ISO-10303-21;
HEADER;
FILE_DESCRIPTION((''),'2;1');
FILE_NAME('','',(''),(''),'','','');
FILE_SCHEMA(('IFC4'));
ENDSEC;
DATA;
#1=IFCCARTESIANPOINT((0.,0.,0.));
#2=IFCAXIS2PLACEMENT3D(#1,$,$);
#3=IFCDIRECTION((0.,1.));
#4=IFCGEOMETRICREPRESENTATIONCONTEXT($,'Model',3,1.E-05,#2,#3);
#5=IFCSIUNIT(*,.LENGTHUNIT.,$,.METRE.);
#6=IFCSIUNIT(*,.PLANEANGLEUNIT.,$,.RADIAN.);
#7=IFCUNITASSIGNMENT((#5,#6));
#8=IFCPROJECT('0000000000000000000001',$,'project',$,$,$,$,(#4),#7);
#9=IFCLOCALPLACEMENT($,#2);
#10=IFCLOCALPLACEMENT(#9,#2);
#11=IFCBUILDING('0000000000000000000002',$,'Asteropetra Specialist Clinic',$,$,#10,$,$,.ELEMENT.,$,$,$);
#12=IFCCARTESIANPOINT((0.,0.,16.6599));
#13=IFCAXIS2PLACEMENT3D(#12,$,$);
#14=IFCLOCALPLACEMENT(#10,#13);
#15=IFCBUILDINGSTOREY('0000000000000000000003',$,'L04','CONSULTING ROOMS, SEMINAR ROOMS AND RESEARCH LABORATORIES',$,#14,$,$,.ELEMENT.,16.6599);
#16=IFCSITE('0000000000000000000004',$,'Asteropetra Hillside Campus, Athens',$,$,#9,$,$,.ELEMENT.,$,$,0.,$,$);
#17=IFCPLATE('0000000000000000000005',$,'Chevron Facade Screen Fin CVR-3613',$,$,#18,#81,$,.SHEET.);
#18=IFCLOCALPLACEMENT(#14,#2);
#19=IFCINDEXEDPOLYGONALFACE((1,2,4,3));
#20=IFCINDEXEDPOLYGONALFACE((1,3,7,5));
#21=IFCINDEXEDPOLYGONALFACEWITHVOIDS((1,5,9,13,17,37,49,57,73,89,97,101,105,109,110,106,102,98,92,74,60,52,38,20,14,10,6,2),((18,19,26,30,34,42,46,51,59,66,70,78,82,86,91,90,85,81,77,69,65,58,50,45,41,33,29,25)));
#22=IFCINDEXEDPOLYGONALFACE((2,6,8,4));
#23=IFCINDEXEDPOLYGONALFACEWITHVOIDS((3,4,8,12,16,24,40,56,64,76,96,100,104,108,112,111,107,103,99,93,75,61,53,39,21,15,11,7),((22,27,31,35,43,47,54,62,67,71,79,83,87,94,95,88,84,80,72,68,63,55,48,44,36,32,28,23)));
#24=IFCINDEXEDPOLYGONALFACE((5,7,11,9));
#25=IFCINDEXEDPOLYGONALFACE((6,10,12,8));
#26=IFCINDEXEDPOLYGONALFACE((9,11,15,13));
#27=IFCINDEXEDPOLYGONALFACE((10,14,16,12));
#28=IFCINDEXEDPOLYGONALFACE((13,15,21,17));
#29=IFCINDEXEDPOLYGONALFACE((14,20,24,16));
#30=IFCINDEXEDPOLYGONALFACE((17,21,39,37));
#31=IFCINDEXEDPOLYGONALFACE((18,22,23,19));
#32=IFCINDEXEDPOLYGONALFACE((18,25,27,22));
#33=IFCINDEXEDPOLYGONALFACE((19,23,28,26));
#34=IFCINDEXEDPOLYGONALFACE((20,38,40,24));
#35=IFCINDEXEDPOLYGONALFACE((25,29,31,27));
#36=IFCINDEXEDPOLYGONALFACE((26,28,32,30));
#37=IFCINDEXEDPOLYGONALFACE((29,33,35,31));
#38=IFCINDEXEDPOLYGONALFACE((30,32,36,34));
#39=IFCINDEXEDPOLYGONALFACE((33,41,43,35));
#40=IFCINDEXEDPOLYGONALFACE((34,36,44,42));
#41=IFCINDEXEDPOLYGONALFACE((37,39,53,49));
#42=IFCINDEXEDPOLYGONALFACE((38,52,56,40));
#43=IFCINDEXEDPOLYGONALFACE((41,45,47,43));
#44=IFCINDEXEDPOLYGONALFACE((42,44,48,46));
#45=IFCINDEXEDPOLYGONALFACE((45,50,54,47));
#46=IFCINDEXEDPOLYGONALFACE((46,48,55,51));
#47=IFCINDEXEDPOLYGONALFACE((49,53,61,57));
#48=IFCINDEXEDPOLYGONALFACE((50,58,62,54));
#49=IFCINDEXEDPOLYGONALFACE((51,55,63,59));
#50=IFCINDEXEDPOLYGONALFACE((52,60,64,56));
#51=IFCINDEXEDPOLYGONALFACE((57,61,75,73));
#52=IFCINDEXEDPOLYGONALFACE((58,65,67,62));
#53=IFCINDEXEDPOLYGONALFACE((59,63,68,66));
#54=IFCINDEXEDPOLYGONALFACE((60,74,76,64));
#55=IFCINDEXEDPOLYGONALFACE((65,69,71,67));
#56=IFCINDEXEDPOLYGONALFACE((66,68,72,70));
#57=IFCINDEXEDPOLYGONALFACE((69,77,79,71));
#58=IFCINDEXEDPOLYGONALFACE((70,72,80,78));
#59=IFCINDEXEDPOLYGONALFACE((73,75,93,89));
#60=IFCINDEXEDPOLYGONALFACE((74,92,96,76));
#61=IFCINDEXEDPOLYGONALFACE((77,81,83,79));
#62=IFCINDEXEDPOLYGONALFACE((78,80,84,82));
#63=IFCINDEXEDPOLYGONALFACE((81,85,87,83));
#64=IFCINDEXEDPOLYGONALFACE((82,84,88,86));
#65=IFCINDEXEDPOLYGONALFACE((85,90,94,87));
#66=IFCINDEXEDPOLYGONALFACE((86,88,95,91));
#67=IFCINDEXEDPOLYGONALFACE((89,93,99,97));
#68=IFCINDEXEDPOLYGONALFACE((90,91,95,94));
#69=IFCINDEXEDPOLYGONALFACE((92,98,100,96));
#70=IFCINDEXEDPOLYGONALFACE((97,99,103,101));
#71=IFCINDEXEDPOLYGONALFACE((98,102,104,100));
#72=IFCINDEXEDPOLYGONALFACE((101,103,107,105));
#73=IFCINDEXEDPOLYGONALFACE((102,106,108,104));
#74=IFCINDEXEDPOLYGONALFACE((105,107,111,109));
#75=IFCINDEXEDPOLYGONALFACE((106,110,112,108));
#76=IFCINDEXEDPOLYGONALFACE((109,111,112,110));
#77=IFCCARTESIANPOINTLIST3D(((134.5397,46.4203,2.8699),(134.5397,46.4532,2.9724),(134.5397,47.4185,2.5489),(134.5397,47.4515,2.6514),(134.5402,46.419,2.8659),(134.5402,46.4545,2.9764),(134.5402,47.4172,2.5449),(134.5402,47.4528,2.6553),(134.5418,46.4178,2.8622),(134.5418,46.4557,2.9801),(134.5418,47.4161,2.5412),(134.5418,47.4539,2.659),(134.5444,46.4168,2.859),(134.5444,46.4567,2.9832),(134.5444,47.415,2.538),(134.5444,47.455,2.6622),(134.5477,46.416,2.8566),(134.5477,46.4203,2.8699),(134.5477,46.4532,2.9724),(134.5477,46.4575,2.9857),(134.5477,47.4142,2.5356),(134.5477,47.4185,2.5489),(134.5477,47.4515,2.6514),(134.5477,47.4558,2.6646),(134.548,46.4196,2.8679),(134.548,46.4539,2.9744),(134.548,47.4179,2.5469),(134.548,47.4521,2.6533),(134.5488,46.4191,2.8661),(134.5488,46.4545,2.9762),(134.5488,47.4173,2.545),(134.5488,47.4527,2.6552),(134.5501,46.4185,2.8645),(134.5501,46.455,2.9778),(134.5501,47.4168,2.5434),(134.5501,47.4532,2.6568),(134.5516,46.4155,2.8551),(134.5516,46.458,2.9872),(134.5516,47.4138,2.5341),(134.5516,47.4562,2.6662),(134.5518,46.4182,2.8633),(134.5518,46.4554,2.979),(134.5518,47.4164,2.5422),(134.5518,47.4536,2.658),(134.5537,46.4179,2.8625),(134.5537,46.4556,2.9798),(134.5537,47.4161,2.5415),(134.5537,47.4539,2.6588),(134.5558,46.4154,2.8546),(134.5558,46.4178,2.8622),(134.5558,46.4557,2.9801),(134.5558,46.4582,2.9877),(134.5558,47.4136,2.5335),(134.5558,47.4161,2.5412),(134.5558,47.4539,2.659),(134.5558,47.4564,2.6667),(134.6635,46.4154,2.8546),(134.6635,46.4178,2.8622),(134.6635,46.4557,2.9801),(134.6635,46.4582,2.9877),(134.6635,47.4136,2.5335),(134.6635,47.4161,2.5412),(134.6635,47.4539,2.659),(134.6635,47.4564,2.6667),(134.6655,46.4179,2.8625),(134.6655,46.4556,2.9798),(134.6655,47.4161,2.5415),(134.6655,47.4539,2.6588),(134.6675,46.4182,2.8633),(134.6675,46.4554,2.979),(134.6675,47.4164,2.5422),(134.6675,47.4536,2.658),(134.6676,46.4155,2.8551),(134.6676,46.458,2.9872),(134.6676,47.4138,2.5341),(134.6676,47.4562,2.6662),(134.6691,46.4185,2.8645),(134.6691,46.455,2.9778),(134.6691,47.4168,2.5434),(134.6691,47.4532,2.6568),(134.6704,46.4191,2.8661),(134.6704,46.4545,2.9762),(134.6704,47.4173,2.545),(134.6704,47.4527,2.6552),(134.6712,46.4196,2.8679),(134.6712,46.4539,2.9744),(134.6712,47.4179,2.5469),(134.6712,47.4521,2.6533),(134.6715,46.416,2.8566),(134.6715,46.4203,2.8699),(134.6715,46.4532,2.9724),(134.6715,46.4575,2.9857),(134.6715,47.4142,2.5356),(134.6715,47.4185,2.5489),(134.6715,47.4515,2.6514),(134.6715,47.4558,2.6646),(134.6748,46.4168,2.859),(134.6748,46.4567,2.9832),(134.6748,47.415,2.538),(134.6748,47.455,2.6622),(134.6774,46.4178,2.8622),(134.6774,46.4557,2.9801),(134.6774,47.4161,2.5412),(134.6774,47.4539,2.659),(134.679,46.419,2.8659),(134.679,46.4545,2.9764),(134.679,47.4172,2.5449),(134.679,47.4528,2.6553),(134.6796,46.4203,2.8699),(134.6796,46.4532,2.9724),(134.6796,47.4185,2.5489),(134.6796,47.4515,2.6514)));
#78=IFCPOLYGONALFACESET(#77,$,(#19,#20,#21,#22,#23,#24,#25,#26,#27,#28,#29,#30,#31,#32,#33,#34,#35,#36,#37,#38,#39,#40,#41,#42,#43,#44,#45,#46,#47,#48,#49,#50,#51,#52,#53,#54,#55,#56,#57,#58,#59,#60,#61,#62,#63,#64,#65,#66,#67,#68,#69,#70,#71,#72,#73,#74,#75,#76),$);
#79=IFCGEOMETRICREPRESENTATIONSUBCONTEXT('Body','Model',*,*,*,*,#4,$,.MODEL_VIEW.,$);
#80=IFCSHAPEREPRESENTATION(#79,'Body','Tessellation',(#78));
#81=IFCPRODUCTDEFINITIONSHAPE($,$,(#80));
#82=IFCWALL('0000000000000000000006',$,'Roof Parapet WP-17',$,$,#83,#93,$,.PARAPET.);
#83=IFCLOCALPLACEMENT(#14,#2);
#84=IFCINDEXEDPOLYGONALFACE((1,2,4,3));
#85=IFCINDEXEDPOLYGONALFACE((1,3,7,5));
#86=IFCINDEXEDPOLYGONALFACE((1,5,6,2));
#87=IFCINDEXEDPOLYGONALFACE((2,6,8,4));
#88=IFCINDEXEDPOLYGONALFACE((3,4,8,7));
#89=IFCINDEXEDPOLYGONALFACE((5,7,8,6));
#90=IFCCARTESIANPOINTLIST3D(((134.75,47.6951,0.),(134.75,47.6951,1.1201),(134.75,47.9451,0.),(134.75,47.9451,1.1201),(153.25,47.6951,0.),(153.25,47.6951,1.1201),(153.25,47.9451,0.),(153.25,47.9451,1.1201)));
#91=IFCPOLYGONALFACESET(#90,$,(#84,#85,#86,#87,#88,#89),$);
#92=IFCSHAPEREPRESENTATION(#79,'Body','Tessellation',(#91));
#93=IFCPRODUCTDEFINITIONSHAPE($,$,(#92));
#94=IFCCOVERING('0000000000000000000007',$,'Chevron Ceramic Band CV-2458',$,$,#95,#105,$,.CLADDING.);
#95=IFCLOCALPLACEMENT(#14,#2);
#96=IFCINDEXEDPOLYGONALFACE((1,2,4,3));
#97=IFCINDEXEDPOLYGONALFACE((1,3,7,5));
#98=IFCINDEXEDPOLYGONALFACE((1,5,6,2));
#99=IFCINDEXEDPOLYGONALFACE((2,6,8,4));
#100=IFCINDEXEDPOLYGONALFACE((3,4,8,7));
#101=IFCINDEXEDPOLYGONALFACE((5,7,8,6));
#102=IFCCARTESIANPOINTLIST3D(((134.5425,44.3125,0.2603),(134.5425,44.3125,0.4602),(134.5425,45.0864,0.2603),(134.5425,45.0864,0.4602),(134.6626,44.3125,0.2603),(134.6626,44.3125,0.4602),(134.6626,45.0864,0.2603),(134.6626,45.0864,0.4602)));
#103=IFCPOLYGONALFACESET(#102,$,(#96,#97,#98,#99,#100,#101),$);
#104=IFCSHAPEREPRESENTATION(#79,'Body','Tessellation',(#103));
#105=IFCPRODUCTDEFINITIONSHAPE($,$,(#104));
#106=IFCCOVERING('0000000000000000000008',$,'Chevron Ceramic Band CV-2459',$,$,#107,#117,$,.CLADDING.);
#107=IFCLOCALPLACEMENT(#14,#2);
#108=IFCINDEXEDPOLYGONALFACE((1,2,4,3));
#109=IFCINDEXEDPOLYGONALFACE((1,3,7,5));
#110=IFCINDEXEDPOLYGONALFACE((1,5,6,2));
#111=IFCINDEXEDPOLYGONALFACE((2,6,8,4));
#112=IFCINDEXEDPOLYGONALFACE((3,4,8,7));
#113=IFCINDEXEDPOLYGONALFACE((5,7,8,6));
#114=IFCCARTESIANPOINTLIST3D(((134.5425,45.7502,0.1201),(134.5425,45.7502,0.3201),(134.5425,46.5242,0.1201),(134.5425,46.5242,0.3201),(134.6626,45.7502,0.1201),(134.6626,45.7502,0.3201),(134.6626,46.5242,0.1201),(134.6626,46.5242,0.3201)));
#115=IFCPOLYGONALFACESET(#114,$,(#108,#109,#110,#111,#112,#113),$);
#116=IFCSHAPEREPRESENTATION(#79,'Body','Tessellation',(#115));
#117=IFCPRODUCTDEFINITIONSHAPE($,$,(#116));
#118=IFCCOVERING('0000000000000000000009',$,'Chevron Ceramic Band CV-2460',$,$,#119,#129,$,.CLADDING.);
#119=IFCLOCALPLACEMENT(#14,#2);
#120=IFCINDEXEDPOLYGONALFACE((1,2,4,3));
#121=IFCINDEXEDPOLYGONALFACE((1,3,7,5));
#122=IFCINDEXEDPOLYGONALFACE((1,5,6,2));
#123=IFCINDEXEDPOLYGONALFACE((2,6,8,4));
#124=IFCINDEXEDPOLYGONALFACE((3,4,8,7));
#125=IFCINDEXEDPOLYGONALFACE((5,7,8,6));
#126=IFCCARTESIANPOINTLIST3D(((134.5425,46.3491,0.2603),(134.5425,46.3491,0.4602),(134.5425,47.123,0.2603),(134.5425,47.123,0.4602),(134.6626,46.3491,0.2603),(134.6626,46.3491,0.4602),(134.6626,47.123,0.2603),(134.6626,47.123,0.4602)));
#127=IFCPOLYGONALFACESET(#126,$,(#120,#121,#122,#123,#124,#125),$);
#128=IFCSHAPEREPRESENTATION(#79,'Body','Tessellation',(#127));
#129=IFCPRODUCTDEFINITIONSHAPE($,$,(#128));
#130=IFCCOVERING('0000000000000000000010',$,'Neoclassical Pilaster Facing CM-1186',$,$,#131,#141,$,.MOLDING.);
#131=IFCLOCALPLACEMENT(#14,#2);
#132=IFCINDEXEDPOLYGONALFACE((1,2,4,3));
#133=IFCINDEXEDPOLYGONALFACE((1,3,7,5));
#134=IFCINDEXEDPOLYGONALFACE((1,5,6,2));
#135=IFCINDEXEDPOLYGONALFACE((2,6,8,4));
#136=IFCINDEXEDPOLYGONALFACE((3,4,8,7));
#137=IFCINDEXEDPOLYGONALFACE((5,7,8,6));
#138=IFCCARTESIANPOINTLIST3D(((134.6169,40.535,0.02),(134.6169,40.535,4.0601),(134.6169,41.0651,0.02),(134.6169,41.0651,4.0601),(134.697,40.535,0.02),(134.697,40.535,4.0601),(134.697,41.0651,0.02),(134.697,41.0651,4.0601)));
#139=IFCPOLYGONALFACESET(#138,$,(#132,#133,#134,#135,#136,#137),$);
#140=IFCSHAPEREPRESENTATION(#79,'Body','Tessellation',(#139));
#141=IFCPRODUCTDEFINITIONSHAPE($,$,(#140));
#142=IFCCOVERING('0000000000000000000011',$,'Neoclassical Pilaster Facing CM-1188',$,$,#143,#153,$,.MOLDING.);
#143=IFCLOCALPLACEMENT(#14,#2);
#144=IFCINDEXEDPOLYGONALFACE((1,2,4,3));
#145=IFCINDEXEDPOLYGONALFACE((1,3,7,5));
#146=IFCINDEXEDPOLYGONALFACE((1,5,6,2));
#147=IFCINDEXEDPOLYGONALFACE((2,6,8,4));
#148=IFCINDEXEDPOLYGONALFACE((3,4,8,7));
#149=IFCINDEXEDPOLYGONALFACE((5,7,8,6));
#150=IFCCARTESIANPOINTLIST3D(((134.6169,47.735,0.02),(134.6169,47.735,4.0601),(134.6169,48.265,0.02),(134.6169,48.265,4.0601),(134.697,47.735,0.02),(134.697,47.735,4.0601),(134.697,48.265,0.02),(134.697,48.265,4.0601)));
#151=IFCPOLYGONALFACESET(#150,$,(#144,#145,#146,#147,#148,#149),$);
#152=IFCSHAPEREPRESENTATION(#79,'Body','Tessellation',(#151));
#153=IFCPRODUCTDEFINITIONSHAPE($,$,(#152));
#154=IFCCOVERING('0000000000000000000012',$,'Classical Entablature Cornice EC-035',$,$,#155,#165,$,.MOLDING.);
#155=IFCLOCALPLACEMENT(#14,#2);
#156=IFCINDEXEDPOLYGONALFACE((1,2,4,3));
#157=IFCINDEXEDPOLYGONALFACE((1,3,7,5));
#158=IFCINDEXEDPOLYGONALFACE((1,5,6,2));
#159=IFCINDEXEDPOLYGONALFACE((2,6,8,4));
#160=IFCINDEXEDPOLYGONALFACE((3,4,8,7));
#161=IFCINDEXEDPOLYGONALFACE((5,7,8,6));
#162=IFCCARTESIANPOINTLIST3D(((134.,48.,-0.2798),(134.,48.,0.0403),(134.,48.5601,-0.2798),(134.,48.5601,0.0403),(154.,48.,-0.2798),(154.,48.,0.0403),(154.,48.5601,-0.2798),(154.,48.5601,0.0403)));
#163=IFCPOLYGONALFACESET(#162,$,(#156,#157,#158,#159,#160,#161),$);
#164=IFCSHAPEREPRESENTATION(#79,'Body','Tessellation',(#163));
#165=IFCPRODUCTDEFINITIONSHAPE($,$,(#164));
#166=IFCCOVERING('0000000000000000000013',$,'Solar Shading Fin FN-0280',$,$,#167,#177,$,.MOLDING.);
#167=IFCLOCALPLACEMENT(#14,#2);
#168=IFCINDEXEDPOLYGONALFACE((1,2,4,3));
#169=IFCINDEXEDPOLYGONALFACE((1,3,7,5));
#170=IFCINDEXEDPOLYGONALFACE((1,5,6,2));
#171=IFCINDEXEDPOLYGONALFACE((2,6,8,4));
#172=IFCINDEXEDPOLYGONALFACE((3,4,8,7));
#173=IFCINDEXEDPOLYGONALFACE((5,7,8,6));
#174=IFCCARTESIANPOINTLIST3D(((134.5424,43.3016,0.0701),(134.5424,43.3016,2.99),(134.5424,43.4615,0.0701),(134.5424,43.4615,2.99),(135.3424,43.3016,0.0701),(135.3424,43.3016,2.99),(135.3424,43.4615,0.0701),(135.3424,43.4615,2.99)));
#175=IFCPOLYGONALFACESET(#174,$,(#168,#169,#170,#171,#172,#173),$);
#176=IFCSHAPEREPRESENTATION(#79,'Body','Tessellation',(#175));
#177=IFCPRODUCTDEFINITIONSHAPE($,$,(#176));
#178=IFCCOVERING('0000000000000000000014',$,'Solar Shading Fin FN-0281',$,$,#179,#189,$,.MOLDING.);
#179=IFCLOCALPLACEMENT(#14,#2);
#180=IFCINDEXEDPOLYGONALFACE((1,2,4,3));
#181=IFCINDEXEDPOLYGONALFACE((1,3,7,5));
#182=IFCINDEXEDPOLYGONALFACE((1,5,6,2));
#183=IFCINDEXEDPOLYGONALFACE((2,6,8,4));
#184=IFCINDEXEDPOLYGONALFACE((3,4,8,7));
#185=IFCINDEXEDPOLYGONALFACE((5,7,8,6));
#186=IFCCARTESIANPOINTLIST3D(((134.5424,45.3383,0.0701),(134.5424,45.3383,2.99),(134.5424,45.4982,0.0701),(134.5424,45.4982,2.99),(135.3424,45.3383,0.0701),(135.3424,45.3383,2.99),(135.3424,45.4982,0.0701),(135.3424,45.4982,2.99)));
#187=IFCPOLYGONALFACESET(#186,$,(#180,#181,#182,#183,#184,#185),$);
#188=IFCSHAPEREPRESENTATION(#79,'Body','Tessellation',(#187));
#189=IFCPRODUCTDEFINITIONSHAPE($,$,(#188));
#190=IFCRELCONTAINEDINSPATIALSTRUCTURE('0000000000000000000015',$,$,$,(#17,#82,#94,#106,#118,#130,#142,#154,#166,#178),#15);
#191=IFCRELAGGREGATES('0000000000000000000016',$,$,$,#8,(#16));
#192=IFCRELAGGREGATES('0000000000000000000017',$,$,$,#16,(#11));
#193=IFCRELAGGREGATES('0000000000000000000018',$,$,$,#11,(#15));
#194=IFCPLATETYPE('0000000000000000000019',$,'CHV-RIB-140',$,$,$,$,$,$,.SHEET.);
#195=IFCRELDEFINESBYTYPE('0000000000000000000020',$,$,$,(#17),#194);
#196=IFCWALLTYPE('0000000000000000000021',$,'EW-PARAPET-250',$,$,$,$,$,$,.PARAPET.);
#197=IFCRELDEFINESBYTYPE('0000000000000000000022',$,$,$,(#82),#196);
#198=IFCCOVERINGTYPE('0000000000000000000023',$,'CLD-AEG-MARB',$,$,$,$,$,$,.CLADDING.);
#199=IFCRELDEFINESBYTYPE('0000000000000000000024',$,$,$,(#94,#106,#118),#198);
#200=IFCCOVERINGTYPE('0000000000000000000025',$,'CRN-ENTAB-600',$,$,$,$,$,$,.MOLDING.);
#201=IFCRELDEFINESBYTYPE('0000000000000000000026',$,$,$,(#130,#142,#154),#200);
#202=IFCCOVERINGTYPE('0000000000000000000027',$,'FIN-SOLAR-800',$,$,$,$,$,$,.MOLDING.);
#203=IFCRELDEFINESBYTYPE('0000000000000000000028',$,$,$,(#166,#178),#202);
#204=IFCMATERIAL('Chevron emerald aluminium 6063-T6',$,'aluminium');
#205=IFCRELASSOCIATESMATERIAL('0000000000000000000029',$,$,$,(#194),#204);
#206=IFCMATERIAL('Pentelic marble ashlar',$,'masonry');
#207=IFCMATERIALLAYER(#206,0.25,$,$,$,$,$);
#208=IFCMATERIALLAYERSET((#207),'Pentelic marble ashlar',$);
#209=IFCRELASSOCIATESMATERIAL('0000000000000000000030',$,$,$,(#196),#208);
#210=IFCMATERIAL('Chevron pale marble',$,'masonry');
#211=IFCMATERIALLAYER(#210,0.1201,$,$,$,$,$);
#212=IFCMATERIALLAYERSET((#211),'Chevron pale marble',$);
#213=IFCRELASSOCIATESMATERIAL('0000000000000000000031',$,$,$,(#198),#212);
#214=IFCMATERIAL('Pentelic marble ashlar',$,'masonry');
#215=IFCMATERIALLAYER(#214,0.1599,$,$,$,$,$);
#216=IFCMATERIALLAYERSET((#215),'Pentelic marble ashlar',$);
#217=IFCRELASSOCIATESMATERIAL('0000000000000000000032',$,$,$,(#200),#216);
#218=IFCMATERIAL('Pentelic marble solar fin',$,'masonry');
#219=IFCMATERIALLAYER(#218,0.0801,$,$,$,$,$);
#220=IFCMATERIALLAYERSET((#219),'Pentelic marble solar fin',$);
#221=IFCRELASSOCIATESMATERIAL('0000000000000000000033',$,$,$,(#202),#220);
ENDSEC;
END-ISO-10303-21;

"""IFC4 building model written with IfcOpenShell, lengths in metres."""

from ifc_helpers import new_model, si_unit, direction, frame, frame_2d, origin, origin_2d, place, context, subcontext, project, spatial, rectangle, hollow_rectangle, extrude, material, layer, layer_set, material_profile, profile_set, type_object, element, save


model = new_model("IFC4")

# Units and contexts
model_context = context("Model", 3, precision=1e-05, world=origin(), true_north=direction((0.0, 1.0)))
body_context = subcontext(model_context, "Body", "Model", "MODEL_VIEW")
ifc_project = project(units=[si_unit("LENGTHUNIT", "METRE"), si_unit("PLANEANGLEUNIT", "RADIAN")], contexts=[model_context])

# Site, building, storey
site_placement = place(None, origin())
site = spatial("IfcSite", under=ifc_project, at=site_placement, Name="Asteropetra Hillside Campus, Athens", CompositionType="ELEMENT", RefElevation=0.0)
building_placement = place(site_placement, origin())
building = spatial("IfcBuilding", under=site, at=building_placement, Name="Asteropetra Specialist Clinic", CompositionType="ELEMENT")
storey_placement = place(building_placement, frame((0.0, 0.0, 16.6599)))
storey = spatial("IfcBuildingStorey", under=building, at=storey_placement, Name="L04", Description="CONSULTING ROOMS, SEMINAR ROOMS AND RESEARCH LABORATORIES", CompositionType="ELEMENT", Elevation=16.6599)

# Plate
ifc_material_1 = material(Name="Chevron emerald aluminium 6063-T6", Category="aluminium")
ifc_material_profile_1 = material_profile(ifc_material_1, hollow_rectangle(XDim=0.1399, YDim=0.1399, WallThickness=0.0081, InnerFilletRadius=0.0081, OuterFilletRadius=0.0161, at=origin_2d()), Name="SHS 140x140x8.0")
ifc_profile_set_1 = profile_set([ifc_material_profile_1], Name="Chevron emerald aluminium 6063-T6")
plate_type = type_object("IfcPlateType", Name="CHV-RIB-140", PredefinedType="SHEET", material=ifc_profile_set_1)
plate_1_placement = place(storey_placement, frame((134.6096, 46.4368, 2.9211), z_axis=(0.0, 0.951983, -0.306152), x_axis=(-1.0, 0.0, 0.0)))
element("IfcPlate", 1, at=plate_1_placement, inside=storey, type_object=plate_type, Name="Chevron Facade Screen Fin CVR-3613", PredefinedType="SHEET", context=body_context, shape_type="SweptSolid", body=[
    extrude(hollow_rectangle(XDim=0.1399, YDim=0.1399, WallThickness=0.0081, InnerFilletRadius=0.0081, OuterFilletRadius=0.0161, at=origin_2d()), origin(), (0.0, 0.0, 1.0), 1.0486),
])

# Wall
ifc_material_2 = material(Name="Pentelic marble ashlar", Category="masonry")
ifc_layer_1 = layer(ifc_material_2, 0.25)
ifc_layer_set_1 = layer_set([ifc_layer_1], Name="Pentelic marble ashlar")
wall_type = type_object("IfcWallType", Name="EW-PARAPET-250", PredefinedType="PARAPET", material=ifc_layer_set_1)
wall_placement = place(storey_placement, frame((134.75, 47.8201, 0.0), z_axis=(0.0, 0.0, 1.0), x_axis=(1.0, 0.0, 0.0)))
element("IfcWall", 2, at=wall_placement, inside=storey, type_object=wall_type, Name="Roof Parapet WP-17", PredefinedType="PARAPET", context=body_context, shape_type="SweptSolid", body=[
    extrude(rectangle(XDim=18.5, YDim=0.25, at=frame_2d((9.25, 0.0))), origin(), (0.0, 0.0, 1.0), 1.1201),
])

# Coverings
ifc_material_3 = material(Name="Chevron pale marble", Category="masonry")
ifc_layer_2 = layer(ifc_material_3, 0.1201)
ifc_layer_set_2 = layer_set([ifc_layer_2], Name="Chevron pale marble")
covering_type_1 = type_object("IfcCoveringType", Name="CLD-AEG-MARB", PredefinedType="CLADDING", material=ifc_layer_set_2)
for number, where, z_axis, x_axis, name in (
    (3, (134.6025, 44.6995, 0.2603), (0.0, 0.0, 1.0), (1.0, 0.0, 0.0), "Chevron Ceramic Band CV-2458"),
    (4, (134.6025, 46.1372, 0.1201), (0.0, 0.0, 1.0), (1.0, 0.0, 0.0), "Chevron Ceramic Band CV-2459"),
    (5, (134.6025, 46.7361, 0.2603), (0.0, 0.0, 1.0), (1.0, 0.0, 0.0), "Chevron Ceramic Band CV-2460"),
):
    element("IfcCovering", number, at=place(storey_placement, frame(where, z_axis=z_axis, x_axis=x_axis)), inside=storey, type_object=covering_type_1, Name=name, PredefinedType="CLADDING", context=body_context, shape_type="SweptSolid", body=[
        extrude(rectangle(XDim=0.1201, YDim=0.7739, at=origin_2d()), origin(), (0.0, 0.0, 1.0), 0.2),
    ])
ifc_material_4 = material(Name="Pentelic marble ashlar", Category="masonry")
ifc_layer_3 = layer(ifc_material_4, 0.1599)
ifc_layer_set_3 = layer_set([ifc_layer_3], Name="Pentelic marble ashlar")
covering_type_2 = type_object("IfcCoveringType", Name="CRN-ENTAB-600", PredefinedType="MOLDING", material=ifc_layer_set_3)
for number, where, z_axis, x_axis, name in (
    (6, (134.657, 40.8, 0.02), (0.0, 0.0, 1.0), (1.0, 0.0, 0.0), "Neoclassical Pilaster Facing CM-1186"),
    (7, (134.657, 48.0, 0.02), (0.0, 0.0, 1.0), (1.0, 0.0, 0.0), "Neoclassical Pilaster Facing CM-1188"),
):
    element("IfcCovering", number, at=place(storey_placement, frame(where, z_axis=z_axis, x_axis=x_axis)), inside=storey, type_object=covering_type_2, Name=name, PredefinedType="MOLDING", context=body_context, shape_type="SweptSolid", body=[
        extrude(rectangle(XDim=0.0801, YDim=0.53, at=origin_2d()), origin(), (0.0, 0.0, 1.0), 4.04),
    ])
covering_placement = place(storey_placement, frame((144.0, 48.28, -0.2798), z_axis=(0.0, 0.0, 1.0), x_axis=(1.0, 0.0, 0.0)))
element("IfcCovering", 8, at=covering_placement, inside=storey, type_object=covering_type_2, Name="Classical Entablature Cornice EC-035", PredefinedType="MOLDING", context=body_context, shape_type="SweptSolid", body=[
    extrude(rectangle(XDim=20.0, YDim=0.5601, at=origin_2d()), origin(), (0.0, 0.0, 1.0), 0.3201),
])
ifc_material_5 = material(Name="Pentelic marble solar fin", Category="masonry")
ifc_layer_4 = layer(ifc_material_5, 0.0801)
ifc_layer_set_4 = layer_set([ifc_layer_4], Name="Pentelic marble solar fin")
covering_type_3 = type_object("IfcCoveringType", Name="FIN-SOLAR-800", PredefinedType="MOLDING", material=ifc_layer_set_4)
for number, where, z_axis, x_axis, name in (
    (9, (134.9424, 43.3816, 0.0701), (0.0, 0.0, 1.0), (1.0, 0.0, 0.0), "Solar Shading Fin FN-0280"),
    (10, (134.9424, 45.4182, 0.0701), (0.0, 0.0, 1.0), (1.0, 0.0, 0.0), "Solar Shading Fin FN-0281"),
):
    element("IfcCovering", number, at=place(storey_placement, frame(where, z_axis=z_axis, x_axis=x_axis)), inside=storey, type_object=covering_type_3, Name=name, PredefinedType="MOLDING", context=body_context, shape_type="SweptSolid", body=[
        extrude(rectangle(XDim=0.8, YDim=0.1599, at=origin_2d()), origin(), (0.0, 0.0, 1.0), 2.9199),
    ])

save(model, "model.ifc")
